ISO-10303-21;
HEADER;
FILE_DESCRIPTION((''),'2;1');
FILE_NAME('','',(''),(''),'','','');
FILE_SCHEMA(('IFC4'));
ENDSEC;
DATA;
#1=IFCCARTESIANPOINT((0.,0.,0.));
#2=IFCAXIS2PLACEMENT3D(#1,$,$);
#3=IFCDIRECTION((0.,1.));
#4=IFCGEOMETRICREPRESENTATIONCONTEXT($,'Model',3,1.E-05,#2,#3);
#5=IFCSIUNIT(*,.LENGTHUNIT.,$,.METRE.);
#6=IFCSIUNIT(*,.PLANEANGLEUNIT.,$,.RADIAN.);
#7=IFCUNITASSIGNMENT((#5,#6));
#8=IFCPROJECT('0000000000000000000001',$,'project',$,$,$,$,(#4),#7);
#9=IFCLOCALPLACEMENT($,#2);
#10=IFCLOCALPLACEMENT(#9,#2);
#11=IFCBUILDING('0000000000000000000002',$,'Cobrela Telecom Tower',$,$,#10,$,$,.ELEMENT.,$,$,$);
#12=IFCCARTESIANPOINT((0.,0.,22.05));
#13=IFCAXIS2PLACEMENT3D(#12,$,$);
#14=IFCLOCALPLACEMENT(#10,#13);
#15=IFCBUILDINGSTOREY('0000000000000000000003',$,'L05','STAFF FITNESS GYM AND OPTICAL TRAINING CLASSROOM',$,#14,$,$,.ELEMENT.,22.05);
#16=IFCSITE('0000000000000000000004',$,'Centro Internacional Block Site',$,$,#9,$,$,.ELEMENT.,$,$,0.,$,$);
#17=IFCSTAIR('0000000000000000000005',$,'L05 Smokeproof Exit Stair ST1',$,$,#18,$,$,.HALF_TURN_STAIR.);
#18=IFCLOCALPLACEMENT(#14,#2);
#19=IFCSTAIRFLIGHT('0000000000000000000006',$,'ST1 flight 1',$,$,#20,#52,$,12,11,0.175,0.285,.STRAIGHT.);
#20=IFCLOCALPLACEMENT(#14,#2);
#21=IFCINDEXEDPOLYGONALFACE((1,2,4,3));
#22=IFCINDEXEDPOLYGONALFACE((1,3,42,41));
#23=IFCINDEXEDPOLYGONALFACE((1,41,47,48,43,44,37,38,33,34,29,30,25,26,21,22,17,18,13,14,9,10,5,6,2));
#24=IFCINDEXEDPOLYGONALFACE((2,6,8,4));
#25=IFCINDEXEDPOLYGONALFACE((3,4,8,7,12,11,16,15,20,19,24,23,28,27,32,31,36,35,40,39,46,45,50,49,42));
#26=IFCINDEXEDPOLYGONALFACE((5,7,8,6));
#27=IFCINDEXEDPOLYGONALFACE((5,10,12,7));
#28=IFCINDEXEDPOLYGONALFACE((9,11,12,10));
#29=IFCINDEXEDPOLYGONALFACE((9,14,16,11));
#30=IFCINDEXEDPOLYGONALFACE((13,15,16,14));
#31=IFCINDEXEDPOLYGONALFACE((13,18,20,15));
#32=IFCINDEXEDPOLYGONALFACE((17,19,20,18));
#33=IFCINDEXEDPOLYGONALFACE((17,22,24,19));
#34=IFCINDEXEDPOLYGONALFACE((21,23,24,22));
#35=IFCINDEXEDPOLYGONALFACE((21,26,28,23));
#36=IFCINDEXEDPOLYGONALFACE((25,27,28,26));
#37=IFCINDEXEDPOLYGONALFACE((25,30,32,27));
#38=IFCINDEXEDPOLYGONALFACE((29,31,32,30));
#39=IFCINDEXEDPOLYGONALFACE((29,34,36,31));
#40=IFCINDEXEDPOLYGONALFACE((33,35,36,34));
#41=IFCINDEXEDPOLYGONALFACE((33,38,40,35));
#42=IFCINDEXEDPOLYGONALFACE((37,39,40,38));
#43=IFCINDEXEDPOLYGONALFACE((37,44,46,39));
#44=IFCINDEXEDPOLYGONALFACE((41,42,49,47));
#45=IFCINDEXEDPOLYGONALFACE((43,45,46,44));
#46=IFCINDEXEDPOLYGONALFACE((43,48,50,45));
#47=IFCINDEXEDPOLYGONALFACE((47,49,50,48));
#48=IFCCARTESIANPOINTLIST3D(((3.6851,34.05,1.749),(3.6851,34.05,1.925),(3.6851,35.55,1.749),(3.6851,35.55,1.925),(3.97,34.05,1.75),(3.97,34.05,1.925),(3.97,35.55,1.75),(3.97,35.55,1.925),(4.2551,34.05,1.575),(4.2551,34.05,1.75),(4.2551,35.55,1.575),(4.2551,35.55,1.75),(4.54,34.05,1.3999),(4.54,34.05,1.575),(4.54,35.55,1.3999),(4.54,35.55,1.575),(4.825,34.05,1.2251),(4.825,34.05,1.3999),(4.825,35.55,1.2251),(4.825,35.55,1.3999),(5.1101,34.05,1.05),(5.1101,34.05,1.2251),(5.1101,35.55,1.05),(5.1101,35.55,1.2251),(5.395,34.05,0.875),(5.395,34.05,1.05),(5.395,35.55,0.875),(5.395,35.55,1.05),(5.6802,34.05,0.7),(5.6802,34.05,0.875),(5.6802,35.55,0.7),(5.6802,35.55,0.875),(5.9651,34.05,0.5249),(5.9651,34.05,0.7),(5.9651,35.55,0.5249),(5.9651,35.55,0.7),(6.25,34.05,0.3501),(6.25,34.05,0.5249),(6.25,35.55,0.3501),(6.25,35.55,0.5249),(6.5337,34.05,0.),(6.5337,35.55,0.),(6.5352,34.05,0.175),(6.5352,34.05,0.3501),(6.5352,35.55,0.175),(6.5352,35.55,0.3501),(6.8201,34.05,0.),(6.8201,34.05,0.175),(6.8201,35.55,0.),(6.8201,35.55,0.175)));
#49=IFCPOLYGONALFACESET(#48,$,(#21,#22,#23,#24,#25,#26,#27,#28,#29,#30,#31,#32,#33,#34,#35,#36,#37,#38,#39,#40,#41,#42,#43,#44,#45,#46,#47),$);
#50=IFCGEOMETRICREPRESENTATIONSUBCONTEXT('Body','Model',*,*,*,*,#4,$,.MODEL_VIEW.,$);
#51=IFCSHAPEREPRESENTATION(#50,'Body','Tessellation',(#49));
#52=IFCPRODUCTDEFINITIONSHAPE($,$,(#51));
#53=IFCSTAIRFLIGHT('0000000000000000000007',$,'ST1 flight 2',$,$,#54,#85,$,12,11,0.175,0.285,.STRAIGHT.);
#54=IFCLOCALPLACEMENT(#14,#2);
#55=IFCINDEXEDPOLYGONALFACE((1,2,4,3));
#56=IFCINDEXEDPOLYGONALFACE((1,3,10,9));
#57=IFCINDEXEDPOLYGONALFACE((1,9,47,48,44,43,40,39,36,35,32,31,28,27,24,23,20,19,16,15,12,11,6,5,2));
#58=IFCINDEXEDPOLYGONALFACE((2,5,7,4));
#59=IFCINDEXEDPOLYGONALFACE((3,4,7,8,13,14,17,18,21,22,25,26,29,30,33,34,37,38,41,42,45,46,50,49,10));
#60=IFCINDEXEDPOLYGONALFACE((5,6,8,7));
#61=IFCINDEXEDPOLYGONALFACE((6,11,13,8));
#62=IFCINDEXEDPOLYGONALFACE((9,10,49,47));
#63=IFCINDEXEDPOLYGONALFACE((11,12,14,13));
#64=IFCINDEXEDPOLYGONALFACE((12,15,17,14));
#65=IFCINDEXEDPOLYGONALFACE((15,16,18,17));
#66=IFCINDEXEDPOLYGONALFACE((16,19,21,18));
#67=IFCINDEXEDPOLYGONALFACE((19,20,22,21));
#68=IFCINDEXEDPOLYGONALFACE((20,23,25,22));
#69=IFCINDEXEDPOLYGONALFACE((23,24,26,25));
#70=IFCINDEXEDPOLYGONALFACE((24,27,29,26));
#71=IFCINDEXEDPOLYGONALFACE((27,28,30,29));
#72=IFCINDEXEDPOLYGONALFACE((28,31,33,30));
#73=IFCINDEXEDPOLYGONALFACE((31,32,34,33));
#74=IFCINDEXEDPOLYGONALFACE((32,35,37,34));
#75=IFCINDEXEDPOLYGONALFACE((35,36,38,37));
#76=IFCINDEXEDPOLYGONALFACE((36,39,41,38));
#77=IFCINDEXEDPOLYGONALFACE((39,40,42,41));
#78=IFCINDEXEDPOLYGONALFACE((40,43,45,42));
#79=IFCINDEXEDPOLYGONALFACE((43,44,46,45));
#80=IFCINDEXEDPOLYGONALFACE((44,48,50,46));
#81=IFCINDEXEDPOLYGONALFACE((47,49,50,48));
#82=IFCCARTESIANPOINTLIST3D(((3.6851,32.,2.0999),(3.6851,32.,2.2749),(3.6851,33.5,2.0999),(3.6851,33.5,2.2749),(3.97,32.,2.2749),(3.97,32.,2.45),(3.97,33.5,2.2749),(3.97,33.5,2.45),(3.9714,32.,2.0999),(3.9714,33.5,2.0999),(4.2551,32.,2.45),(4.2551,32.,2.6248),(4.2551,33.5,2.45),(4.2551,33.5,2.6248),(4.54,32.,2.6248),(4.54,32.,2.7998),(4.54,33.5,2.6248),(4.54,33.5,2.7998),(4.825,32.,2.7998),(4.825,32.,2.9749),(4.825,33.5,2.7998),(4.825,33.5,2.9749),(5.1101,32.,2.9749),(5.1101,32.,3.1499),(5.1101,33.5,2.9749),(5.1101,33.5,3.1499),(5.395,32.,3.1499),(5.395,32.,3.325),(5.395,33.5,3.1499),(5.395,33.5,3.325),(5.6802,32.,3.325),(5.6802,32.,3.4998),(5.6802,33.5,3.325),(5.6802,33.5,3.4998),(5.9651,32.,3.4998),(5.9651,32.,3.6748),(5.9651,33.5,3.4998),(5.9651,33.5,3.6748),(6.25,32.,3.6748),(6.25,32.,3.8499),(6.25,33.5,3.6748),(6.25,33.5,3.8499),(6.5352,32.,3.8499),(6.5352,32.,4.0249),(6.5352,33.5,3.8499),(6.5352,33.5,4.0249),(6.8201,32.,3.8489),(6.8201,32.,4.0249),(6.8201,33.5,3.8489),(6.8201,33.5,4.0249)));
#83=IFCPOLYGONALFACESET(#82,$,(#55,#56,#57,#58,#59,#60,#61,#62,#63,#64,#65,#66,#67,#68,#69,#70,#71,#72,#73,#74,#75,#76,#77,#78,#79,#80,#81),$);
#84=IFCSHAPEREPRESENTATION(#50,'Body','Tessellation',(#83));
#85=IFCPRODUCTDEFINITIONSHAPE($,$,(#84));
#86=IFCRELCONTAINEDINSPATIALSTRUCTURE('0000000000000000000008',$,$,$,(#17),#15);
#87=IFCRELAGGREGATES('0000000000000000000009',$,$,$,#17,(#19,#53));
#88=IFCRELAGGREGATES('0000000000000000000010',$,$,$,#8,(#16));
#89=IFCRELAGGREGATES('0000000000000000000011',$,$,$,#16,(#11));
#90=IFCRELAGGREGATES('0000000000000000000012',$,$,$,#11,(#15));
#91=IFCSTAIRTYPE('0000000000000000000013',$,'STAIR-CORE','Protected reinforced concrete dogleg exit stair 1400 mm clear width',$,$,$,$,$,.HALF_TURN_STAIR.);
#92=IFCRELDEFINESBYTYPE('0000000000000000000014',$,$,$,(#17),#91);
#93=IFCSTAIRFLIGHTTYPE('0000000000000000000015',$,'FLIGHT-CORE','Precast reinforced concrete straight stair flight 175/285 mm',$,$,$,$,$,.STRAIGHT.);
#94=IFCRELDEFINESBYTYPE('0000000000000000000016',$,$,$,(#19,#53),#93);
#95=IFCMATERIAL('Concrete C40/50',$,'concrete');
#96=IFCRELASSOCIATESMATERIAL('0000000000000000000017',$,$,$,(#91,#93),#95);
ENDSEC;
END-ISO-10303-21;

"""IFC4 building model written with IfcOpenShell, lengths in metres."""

from ifc_helpers import new_model, si_unit, direction, frame, origin, place, context, subcontext, project, spatial, polyline, outline, extrude, material, type_object, element, aggregate, save


model = new_model("IFC4")

# Units and contexts
model_context = context("Model", 3, precision=1e-05, world=origin(), true_north=direction((0.0, 1.0)))
body_context = subcontext(model_context, "Body", "Model", "MODEL_VIEW")
ifc_project = project(units=[si_unit("LENGTHUNIT", "METRE"), si_unit("PLANEANGLEUNIT", "RADIAN")], contexts=[model_context])

# Site, building, storey
site_placement = place(None, origin())
site = spatial("IfcSite", under=ifc_project, at=site_placement, Name="Centro Internacional Block Site", CompositionType="ELEMENT", RefElevation=0.0)
building_placement = place(site_placement, origin())
building = spatial("IfcBuilding", under=site, at=building_placement, Name="Cobrela Telecom Tower", CompositionType="ELEMENT")
storey_placement = place(building_placement, frame((0.0, 0.0, 22.05)))
storey = spatial("IfcBuildingStorey", under=building, at=storey_placement, Name="L05", Description="STAFF FITNESS GYM AND OPTICAL TRAINING CLASSROOM", CompositionType="ELEMENT", Elevation=22.05)

# Shared definitions
ifc_material_1 = material(Name="Concrete C40/50", Category="concrete")

# Stair, stair flights
stair_type = type_object("IfcStairType", Name="STAIR-CORE", Description="Protected reinforced concrete dogleg exit stair 1400 mm clear width", PredefinedType="HALF_TURN_STAIR", material=ifc_material_1)
stair_placement = place(storey_placement, origin())
stair = element("IfcStair", 1, at=stair_placement, inside=storey, type_object=stair_type, Name="L05 Smokeproof Exit Stair ST1", PredefinedType="HALF_TURN_STAIR")
stair_flight_type = type_object("IfcStairFlightType", Name="FLIGHT-CORE", Description="Precast reinforced concrete straight stair flight 175/285 mm", PredefinedType="STRAIGHT", material=ifc_material_1)
stair_flight_1_placement = place(storey_placement, frame((6.8201, 34.8, 0.0), z_axis=(0.0, 0.0, 1.0), x_axis=(-1.0, 0.0, 0.0)))
stair_flight_1 = element("IfcStairFlight", 2, at=stair_flight_1_placement, type_object=stair_flight_type, Name="ST1 flight 1", NumberOfRisers=12, NumberOfTreads=11, PredefinedType="STRAIGHT", RiserHeight=0.175, TreadLength=0.285, context=body_context, shape_type="SweptSolid", body=[
    extrude(outline(polyline([(0.0, 0.0), (0.0, 0.175), (0.2849, 0.175), (0.2849, 0.3501), (0.5701, 0.3501), (0.5701, 0.5249), (0.855, 0.5249), (0.855, 0.7), (1.1399, 0.7), (1.1399, 0.875), (1.425, 0.875), (1.425, 1.05), (1.71, 1.05), (1.71, 1.2251), (1.9951, 1.2251), (1.9951, 1.3999), (2.28, 1.3999), (2.28, 1.575), (2.5649, 1.575), (2.5649, 1.75), (2.8501, 1.75), (2.8501, 1.925), (3.135, 1.925), (3.135, 2.1001), (3.135, 1.749), (0.2864, 0.0), (0.0, 0.0)])), frame((0.0, 0.75, 0.0), z_axis=(0.0, -1.0, 0.0), x_axis=(1.0, 0.0, 0.0)), (0.0, 0.0, 1.0), 1.5),
])
stair_flight_2_placement = place(storey_placement, frame((3.6851, 32.75, 2.0999), z_axis=(0.0, 0.0, 1.0), x_axis=(1.0, 0.0, 0.0)))
stair_flight_2 = element("IfcStairFlight", 3, at=stair_flight_2_placement, type_object=stair_flight_type, Name="ST1 flight 2", NumberOfRisers=12, NumberOfTreads=11, PredefinedType="STRAIGHT", RiserHeight=0.175, TreadLength=0.285, context=body_context, shape_type="SweptSolid", body=[
    extrude(outline(polyline([(0.0, 0.0), (0.0, 0.175), (0.2849, 0.175), (0.2849, 0.3501), (0.5701, 0.3501), (0.5701, 0.5249), (0.855, 0.5249), (0.855, 0.7), (1.1399, 0.7), (1.1399, 0.875), (1.425, 0.875), (1.425, 1.05), (1.71, 1.05), (1.71, 1.2251), (1.9951, 1.2251), (1.9951, 1.3999), (2.28, 1.3999), (2.28, 1.575), (2.5649, 1.575), (2.5649, 1.75), (2.8501, 1.75), (2.8501, 1.925), (3.135, 1.925), (3.135, 2.1001), (3.135, 1.749), (0.2864, 0.0), (0.0, 0.0)])), frame((0.0, 0.75, 0.0), z_axis=(0.0, -1.0, 0.0), x_axis=(1.0, 0.0, 0.0)), (0.0, 0.0, 1.0), 1.5),
])
aggregate(stair, [stair_flight_1, stair_flight_2])

save(model, "model.ifc")
